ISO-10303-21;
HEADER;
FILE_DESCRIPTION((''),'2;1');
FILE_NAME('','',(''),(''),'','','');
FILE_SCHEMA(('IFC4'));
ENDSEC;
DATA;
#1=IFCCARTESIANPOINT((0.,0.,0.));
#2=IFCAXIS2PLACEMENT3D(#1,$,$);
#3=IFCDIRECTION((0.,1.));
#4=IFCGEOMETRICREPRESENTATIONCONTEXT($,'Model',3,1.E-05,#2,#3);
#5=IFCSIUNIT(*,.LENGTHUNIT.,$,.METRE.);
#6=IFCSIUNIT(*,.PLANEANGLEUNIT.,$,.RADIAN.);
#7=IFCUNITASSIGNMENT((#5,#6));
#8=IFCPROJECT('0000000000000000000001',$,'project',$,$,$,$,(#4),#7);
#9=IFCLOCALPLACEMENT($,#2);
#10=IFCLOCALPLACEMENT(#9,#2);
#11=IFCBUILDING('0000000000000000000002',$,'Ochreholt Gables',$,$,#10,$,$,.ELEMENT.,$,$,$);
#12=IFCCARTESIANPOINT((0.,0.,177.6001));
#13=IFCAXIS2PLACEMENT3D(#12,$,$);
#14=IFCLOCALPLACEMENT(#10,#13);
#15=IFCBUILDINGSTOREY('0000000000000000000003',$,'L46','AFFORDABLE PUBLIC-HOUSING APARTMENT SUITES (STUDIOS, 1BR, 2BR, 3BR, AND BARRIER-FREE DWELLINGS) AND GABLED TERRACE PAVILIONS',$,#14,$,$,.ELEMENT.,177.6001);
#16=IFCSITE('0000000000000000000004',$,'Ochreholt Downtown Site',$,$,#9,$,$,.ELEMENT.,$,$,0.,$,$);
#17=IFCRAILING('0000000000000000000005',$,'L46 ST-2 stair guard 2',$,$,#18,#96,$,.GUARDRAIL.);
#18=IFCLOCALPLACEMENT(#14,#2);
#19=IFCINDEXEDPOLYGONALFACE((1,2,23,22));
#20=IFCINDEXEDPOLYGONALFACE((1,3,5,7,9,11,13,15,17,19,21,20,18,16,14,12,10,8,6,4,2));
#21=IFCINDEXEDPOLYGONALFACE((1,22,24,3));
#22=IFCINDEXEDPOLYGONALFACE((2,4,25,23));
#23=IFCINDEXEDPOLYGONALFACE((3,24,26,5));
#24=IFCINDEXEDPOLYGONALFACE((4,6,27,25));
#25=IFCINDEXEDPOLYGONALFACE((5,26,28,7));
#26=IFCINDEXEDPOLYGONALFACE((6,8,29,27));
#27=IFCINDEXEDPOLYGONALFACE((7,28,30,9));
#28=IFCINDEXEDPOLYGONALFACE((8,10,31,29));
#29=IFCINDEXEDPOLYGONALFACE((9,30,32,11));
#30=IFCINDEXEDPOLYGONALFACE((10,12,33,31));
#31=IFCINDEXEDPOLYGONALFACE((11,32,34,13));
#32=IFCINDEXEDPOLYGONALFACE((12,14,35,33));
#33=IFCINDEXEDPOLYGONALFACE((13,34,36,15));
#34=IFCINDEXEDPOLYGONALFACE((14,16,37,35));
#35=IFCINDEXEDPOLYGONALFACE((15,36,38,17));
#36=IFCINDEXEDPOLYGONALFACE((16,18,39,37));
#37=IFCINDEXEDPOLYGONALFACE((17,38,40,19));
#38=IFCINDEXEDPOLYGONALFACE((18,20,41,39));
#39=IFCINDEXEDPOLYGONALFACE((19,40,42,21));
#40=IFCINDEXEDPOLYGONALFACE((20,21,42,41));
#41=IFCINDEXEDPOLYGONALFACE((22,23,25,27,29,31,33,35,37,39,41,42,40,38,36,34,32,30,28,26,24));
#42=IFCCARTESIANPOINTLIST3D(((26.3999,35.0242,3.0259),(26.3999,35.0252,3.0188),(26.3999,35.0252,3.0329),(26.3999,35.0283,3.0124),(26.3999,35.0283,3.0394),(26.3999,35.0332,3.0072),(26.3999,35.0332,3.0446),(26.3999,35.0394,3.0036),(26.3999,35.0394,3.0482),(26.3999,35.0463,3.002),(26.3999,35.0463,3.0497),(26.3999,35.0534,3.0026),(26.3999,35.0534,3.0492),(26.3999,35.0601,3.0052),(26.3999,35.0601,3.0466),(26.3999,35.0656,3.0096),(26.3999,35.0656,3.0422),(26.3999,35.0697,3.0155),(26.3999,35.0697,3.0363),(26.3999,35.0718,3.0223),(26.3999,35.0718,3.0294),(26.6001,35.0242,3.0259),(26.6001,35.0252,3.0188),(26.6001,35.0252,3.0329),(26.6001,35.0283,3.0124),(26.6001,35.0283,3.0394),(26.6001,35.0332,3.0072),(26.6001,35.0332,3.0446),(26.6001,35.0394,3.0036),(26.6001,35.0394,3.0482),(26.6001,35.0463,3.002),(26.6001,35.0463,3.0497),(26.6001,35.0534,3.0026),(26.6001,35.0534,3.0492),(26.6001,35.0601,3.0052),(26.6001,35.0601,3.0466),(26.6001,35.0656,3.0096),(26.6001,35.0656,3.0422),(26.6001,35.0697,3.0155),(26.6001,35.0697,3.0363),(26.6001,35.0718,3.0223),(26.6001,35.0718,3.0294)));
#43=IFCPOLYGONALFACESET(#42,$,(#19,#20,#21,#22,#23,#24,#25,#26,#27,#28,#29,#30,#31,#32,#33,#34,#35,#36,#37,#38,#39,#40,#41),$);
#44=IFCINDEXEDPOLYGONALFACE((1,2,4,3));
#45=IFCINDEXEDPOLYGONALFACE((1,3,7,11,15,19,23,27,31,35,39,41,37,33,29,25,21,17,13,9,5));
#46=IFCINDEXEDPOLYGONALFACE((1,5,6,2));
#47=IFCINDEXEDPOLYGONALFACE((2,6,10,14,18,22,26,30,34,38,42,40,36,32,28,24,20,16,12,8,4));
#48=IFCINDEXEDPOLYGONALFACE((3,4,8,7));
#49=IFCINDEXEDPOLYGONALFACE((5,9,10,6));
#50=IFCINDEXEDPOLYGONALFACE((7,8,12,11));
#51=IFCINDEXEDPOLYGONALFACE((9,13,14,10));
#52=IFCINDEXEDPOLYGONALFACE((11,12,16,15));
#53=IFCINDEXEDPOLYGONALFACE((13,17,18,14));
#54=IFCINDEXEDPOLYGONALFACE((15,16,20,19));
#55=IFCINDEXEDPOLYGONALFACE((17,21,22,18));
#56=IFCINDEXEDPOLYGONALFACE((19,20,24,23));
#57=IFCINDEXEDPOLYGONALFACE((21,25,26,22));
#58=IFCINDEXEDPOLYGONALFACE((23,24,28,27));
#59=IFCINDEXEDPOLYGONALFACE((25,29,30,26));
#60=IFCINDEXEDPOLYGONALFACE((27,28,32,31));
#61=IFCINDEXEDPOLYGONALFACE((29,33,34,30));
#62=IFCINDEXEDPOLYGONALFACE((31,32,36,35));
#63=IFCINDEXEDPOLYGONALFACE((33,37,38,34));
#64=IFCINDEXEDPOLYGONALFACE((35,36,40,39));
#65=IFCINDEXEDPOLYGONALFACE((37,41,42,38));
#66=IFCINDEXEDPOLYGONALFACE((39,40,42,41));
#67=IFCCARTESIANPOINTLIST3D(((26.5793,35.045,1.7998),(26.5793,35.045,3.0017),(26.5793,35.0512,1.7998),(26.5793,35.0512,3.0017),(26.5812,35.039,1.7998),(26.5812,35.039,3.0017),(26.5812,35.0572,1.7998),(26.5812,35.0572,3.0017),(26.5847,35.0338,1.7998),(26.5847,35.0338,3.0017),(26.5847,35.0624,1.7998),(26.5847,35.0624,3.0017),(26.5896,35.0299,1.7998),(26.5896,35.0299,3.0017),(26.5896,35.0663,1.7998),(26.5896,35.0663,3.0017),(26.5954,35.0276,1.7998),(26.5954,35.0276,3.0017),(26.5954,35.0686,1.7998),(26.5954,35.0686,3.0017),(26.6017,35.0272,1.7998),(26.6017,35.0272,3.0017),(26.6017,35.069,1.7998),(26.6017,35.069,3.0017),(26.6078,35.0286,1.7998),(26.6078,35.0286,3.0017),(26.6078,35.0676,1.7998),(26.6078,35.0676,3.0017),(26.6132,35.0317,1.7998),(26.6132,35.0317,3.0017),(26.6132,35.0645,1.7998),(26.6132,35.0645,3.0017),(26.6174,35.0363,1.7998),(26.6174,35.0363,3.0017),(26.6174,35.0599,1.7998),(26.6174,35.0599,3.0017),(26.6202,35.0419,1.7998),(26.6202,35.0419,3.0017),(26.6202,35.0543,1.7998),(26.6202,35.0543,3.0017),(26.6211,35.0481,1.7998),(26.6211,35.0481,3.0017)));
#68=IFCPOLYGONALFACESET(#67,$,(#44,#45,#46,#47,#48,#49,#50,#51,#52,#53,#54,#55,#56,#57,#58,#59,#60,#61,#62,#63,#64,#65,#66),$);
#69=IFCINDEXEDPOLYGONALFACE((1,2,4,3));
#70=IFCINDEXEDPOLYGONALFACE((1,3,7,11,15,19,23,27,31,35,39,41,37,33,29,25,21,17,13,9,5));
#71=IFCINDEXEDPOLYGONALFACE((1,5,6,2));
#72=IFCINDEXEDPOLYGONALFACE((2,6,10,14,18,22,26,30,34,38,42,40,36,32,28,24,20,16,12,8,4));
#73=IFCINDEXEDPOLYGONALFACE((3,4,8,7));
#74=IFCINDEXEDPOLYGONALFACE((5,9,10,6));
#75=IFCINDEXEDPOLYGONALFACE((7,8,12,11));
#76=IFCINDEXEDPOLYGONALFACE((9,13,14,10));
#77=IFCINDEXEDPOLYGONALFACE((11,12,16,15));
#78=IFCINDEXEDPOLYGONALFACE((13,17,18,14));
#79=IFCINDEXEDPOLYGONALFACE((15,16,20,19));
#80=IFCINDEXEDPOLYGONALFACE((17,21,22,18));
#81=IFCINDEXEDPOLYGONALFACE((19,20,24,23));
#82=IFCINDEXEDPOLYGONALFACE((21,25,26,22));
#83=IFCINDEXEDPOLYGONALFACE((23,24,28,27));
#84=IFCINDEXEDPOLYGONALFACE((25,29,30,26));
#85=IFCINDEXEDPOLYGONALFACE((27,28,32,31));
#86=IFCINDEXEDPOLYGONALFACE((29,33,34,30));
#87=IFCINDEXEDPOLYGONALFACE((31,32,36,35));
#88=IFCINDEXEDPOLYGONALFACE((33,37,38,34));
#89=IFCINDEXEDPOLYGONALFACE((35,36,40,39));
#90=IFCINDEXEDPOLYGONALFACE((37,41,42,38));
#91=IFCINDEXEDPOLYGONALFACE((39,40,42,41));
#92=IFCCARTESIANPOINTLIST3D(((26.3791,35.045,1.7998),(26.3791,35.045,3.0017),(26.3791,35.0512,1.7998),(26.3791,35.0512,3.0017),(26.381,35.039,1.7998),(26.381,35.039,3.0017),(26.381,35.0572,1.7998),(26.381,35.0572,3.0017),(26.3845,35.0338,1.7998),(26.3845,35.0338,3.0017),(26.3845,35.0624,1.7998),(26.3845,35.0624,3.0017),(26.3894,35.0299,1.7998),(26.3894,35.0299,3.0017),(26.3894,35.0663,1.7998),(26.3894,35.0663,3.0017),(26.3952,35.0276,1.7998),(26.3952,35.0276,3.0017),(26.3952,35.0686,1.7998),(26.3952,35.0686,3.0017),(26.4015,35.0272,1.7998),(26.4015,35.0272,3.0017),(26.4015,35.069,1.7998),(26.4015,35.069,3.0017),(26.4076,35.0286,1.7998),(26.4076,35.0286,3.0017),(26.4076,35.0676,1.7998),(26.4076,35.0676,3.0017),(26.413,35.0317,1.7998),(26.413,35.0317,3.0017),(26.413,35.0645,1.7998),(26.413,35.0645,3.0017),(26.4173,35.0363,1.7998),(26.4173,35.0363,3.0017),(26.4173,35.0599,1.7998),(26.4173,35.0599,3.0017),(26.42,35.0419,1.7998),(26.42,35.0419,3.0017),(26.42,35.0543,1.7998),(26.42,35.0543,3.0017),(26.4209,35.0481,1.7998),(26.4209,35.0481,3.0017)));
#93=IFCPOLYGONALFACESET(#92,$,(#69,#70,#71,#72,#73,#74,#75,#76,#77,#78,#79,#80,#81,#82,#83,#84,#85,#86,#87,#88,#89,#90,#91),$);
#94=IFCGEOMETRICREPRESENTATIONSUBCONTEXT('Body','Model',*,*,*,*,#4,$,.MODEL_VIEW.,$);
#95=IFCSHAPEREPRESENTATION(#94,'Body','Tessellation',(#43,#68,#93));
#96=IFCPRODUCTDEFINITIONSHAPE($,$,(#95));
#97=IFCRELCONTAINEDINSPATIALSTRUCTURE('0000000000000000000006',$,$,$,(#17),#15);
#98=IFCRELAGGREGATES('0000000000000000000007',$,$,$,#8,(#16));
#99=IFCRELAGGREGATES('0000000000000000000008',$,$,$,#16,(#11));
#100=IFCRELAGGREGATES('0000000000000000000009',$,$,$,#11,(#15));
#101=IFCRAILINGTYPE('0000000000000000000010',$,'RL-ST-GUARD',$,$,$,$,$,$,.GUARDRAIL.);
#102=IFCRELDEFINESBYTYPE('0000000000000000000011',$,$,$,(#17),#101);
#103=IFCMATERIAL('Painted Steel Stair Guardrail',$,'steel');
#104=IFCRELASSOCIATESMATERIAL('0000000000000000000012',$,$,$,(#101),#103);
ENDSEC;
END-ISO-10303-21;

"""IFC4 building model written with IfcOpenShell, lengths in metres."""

from ifc_helpers import new_model, si_unit, direction, frame, origin, origin_2d, place, context, subcontext, project, spatial, circle, extrude, material, type_object, element, save


model = new_model("IFC4")

# Units and contexts
model_context = context("Model", 3, precision=1e-05, world=origin(), true_north=direction((0.0, 1.0)))
body_context = subcontext(model_context, "Body", "Model", "MODEL_VIEW")
ifc_project = project(units=[si_unit("LENGTHUNIT", "METRE"), si_unit("PLANEANGLEUNIT", "RADIAN")], contexts=[model_context])

# Site, building, storey
site_placement = place(None, origin())
site = spatial("IfcSite", under=ifc_project, at=site_placement, Name="Ochreholt Downtown Site", CompositionType="ELEMENT", RefElevation=0.0)
building_placement = place(site_placement, origin())
building = spatial("IfcBuilding", under=site, at=building_placement, Name="Ochreholt Gables", CompositionType="ELEMENT")
storey_placement = place(building_placement, frame((0.0, 0.0, 177.6001)))
storey = spatial("IfcBuildingStorey", under=building, at=storey_placement, Name="L46", Description="AFFORDABLE PUBLIC-HOUSING APARTMENT SUITES (STUDIOS, 1BR, 2BR, 3BR, AND BARRIER-FREE DWELLINGS) AND GABLED TERRACE PAVILIONS", CompositionType="ELEMENT", Elevation=177.6001)

# Railing
ifc_material_1 = material(Name="Painted Steel Stair Guardrail", Category="steel")
railing_type_1 = type_object("IfcRailingType", Name="RL-ST-GUARD", PredefinedType="GUARDRAIL", material=ifc_material_1)
railing_1_placement = place(storey_placement, frame((26.6001, 35.0481, 1.7998)))
element("IfcRailing", 1, at=railing_1_placement, inside=storey, type_object=railing_type_1, Name="L46 ST-2 stair guard 2", PredefinedType="GUARDRAIL", context=body_context, shape_type="SweptSolid", body=[
    extrude(circle(Radius=0.0239, at=origin_2d()), frame((0.0, 0.0, 1.2261), z_axis=(-1.0, 0.0, 0.0), x_axis=(0.0, -1.0, 0.0)), (0.0, 0.0, 1.0), 0.2002),
    extrude(circle(Radius=0.021, at=origin_2d()), origin(), (0.0, 0.0, 1.0), 1.2019),
    extrude(circle(Radius=0.021, at=origin_2d()), frame((-0.2002, 0.0, 0.0)), (0.0, 0.0, 1.0), 1.2019),
])

save(model, "model.ifc")
